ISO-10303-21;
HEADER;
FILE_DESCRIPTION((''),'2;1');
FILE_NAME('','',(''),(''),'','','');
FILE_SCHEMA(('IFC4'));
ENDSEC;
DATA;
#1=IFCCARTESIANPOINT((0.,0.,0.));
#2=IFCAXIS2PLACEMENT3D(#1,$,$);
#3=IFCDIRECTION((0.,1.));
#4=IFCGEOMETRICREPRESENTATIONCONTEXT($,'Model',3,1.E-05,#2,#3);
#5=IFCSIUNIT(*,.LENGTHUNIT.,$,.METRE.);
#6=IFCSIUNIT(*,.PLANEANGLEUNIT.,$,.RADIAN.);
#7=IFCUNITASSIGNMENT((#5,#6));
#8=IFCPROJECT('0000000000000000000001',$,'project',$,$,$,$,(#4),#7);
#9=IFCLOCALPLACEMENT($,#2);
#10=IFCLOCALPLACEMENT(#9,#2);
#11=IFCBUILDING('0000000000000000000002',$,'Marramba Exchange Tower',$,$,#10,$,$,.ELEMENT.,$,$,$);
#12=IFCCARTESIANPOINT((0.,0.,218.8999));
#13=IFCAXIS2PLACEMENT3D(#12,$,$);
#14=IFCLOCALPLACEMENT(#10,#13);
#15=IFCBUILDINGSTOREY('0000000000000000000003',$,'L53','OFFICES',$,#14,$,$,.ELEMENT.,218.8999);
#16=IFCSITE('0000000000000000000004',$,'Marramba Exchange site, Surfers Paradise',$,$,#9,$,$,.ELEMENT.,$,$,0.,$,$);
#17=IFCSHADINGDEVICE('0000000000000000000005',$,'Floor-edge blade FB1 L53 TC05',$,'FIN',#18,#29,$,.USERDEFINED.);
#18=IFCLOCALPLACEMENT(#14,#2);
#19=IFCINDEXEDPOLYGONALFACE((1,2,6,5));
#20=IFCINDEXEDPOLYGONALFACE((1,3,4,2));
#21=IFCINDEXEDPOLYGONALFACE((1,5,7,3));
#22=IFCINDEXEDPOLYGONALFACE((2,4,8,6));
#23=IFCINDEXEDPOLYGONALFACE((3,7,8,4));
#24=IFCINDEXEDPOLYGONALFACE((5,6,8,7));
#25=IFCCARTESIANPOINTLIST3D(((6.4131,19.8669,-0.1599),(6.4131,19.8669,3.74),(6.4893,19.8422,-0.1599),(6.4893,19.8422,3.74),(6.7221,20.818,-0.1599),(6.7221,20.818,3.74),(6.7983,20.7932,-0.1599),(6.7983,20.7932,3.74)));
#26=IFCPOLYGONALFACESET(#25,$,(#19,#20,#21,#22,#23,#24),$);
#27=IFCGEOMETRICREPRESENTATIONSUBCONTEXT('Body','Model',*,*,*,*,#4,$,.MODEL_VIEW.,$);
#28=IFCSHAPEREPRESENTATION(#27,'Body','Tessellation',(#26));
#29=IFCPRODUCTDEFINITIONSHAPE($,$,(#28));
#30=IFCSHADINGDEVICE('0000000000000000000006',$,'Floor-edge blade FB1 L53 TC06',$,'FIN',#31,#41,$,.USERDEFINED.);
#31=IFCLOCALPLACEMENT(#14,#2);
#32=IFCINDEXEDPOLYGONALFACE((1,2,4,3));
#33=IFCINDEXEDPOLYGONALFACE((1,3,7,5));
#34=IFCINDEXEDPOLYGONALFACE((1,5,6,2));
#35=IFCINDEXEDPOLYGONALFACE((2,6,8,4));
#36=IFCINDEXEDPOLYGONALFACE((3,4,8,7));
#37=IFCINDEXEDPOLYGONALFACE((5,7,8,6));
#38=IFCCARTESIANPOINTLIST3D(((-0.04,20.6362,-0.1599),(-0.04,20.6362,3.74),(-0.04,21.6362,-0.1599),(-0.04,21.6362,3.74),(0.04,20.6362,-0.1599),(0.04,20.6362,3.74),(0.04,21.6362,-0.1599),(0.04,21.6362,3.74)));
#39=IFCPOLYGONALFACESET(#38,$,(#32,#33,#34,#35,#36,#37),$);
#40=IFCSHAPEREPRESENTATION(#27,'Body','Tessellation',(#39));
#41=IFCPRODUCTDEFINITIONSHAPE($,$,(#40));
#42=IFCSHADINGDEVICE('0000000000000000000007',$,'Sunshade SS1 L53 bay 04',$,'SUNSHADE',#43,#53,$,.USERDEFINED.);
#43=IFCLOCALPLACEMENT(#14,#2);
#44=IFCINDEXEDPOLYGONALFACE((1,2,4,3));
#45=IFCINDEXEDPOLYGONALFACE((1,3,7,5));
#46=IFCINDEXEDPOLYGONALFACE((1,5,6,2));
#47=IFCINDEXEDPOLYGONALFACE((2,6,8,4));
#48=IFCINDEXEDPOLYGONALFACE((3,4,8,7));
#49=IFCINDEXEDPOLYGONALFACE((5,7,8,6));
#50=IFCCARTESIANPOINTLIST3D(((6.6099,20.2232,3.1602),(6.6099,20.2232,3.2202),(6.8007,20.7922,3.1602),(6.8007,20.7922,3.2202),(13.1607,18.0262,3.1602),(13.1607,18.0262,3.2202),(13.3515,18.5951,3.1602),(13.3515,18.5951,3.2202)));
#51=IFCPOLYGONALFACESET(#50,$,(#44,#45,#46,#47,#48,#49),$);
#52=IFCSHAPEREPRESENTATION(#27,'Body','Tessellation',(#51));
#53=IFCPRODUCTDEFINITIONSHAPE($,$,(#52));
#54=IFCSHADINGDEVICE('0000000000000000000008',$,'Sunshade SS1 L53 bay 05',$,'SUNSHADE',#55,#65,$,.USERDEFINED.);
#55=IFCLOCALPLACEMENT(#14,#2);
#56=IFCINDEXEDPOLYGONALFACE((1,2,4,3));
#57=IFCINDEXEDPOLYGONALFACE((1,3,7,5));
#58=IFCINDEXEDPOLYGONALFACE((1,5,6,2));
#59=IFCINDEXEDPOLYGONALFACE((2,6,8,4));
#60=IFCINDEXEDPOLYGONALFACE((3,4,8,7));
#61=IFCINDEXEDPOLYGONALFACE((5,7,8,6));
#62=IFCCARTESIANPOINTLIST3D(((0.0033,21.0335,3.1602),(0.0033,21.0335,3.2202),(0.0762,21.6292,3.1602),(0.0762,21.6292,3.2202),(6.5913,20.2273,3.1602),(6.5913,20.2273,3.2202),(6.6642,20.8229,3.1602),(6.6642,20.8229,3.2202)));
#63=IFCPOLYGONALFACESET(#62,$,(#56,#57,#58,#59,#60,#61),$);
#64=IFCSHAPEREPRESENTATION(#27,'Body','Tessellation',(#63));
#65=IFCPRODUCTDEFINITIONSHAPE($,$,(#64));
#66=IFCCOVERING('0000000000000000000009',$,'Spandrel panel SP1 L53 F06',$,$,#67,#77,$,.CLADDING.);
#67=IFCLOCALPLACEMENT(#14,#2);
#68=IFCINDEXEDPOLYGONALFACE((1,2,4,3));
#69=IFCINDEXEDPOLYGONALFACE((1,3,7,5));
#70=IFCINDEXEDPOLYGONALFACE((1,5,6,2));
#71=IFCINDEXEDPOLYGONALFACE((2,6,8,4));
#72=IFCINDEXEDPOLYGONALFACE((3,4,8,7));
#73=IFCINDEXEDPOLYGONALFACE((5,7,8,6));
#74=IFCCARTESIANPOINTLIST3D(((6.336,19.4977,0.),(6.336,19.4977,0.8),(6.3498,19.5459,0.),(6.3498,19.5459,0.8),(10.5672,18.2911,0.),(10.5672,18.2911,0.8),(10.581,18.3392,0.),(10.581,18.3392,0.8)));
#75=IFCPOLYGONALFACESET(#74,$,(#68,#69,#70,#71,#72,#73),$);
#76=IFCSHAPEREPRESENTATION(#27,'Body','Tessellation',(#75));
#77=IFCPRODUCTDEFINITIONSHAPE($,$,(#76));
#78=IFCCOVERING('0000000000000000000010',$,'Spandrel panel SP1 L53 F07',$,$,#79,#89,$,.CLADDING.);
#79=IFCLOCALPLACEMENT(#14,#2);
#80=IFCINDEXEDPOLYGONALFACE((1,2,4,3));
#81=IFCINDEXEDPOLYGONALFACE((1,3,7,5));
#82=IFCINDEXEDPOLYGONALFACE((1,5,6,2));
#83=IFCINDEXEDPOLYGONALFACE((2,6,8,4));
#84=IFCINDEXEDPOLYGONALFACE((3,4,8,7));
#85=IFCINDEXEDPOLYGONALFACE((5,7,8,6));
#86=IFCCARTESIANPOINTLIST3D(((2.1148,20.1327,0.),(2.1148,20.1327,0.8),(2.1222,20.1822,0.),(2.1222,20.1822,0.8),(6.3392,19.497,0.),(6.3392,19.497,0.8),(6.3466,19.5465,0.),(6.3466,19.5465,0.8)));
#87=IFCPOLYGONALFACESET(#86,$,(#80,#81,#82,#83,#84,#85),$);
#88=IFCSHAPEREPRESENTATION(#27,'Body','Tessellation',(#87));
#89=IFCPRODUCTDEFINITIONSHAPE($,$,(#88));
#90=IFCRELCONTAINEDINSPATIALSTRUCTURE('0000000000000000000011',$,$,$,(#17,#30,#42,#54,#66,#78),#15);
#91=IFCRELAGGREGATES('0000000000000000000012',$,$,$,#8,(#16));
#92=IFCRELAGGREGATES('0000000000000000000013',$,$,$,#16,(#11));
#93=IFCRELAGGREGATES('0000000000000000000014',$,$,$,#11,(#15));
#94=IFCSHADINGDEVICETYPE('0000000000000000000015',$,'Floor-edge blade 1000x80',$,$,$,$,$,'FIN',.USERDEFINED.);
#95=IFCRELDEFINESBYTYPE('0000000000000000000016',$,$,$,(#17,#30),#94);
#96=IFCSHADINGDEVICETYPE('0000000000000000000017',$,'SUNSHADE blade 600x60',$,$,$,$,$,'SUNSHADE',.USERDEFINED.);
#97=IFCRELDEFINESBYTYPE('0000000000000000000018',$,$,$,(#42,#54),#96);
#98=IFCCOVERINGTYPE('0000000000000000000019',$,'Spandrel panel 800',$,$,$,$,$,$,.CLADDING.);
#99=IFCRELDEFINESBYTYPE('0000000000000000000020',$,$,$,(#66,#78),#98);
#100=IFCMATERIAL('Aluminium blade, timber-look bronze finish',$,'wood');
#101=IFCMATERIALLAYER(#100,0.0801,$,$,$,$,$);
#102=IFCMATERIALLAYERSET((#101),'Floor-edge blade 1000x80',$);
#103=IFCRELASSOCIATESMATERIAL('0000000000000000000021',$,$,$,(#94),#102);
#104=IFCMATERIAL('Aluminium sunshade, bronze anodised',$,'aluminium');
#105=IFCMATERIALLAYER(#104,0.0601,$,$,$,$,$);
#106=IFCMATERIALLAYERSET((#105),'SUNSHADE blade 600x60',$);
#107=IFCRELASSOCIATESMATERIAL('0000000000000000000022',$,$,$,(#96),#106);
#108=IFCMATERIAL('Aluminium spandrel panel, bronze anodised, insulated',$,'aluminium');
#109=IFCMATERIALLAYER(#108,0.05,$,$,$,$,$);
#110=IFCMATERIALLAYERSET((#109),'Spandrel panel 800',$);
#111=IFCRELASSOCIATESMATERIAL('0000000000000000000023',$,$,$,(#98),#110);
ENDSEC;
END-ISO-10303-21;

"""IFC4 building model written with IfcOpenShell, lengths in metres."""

from ifc_helpers import new_model, si_unit, direction, frame, origin, origin_2d, place, context, subcontext, project, spatial, rectangle, extrude, material, layer, layer_set, type_object, element, save


model = new_model("IFC4")

# Units and contexts
model_context = context("Model", 3, precision=1e-05, world=origin(), true_north=direction((0.0, 1.0)))
body_context = subcontext(model_context, "Body", "Model", "MODEL_VIEW")
ifc_project = project(units=[si_unit("LENGTHUNIT", "METRE"), si_unit("PLANEANGLEUNIT", "RADIAN")], contexts=[model_context])

# Site, building, storey
site_placement = place(None, origin())
site = spatial("IfcSite", under=ifc_project, at=site_placement, Name="Marramba Exchange site, Surfers Paradise", CompositionType="ELEMENT", RefElevation=0.0)
building_placement = place(site_placement, origin())
building = spatial("IfcBuilding", under=site, at=building_placement, Name="Marramba Exchange Tower", CompositionType="ELEMENT")
storey_placement = place(building_placement, frame((0.0, 0.0, 218.8999)))
storey = spatial("IfcBuildingStorey", under=building, at=storey_placement, Name="L53", Description="OFFICES", CompositionType="ELEMENT", Elevation=218.8999)

# Shading devices
ifc_material_1 = material(Name="Aluminium blade, timber-look bronze finish", Category="wood")
ifc_layer_1 = layer(ifc_material_1, 0.0801)
ifc_layer_set_1 = layer_set([ifc_layer_1], Name="Floor-edge blade 1000x80")
shading_device_type_1 = type_object("IfcShadingDeviceType", Name="Floor-edge blade 1000x80", ElementType="FIN", PredefinedType="USERDEFINED", material=ifc_layer_set_1)
for number, where, z_axis, x_axis, name in (
    (1, (6.6057, 20.3301, -0.1599), (0.0, 0.0, 1.0), (0.309017, 0.951057, 0.0), "Floor-edge blade FB1 L53 TC05"),
    (2, (0.0, 21.1362, -0.1599), (0.0, 0.0, 1.0), (0.0, 1.0, 0.0), "Floor-edge blade FB1 L53 TC06"),
):
    element("IfcShadingDevice", number, at=place(storey_placement, frame(where, z_axis=z_axis, x_axis=x_axis)), inside=storey, type_object=shading_device_type_1, Name=name, ObjectType="FIN", PredefinedType="USERDEFINED", context=body_context, shape_type="SweptSolid", body=[
        extrude(rectangle(XDim=1.0, YDim=0.0801, at=origin_2d()), origin(), (0.0, 0.0, 1.0), 3.8999),
    ])
ifc_material_2 = material(Name="Aluminium sunshade, bronze anodised", Category="aluminium")
ifc_layer_2 = layer(ifc_material_2, 0.0601)
ifc_layer_set_2 = layer_set([ifc_layer_2], Name="SUNSHADE blade 600x60")
shading_device_type_2 = type_object("IfcShadingDeviceType", Name="SUNSHADE blade 600x60", ElementType="SUNSHADE", PredefinedType="USERDEFINED", material=ifc_layer_set_2)
shading_device_1_placement = place(storey_placement, frame((9.9807, 19.4092, 3.1602), z_axis=(0.0, 0.0, 1.0), x_axis=(-0.948096, 0.317983, 0.0)))
element("IfcShadingDevice", 3, at=shading_device_1_placement, inside=storey, type_object=shading_device_type_2, Name="Sunshade SS1 L53 bay 04", ObjectType="SUNSHADE", PredefinedType="USERDEFINED", context=body_context, shape_type="SweptSolid", body=[
    extrude(rectangle(XDim=6.9094, YDim=0.6001, at=origin_2d()), origin(), (0.0, 0.0, 1.0), 0.0601),
])
shading_device_2_placement = place(storey_placement, frame((3.3337, 20.9282, 3.1602), z_axis=(0.0, 0.0, 1.0), x_axis=(-0.992595, 0.121469, 0.0)))
element("IfcShadingDevice", 4, at=shading_device_2_placement, inside=storey, type_object=shading_device_type_2, Name="Sunshade SS1 L53 bay 05", ObjectType="SUNSHADE", PredefinedType="USERDEFINED", context=body_context, shape_type="SweptSolid", body=[
    extrude(rectangle(XDim=6.6372, YDim=0.6001, at=origin_2d()), origin(), (0.0, 0.0, 1.0), 0.0601),
])

# Coverings
ifc_material_3 = material(Name="Aluminium spandrel panel, bronze anodised, insulated", Category="aluminium")
ifc_layer_3 = layer(ifc_material_3, 0.05)
ifc_layer_set_3 = layer_set([ifc_layer_3], Name="Spandrel panel 800")
covering_type = type_object("IfcCoveringType", Name="Spandrel panel 800", PredefinedType="CLADDING", material=ifc_layer_set_3)
covering_1_placement = place(storey_placement, frame((8.4585, 18.9185, 0.0), z_axis=(0.0, 0.0, 1.0), x_axis=(-0.961659, 0.274248, 0.0)))
element("IfcCovering", 5, at=covering_1_placement, inside=storey, type_object=covering_type, Name="Spandrel panel SP1 L53 F06", PredefinedType="CLADDING", context=body_context, shape_type="SweptSolid", body=[
    extrude(rectangle(XDim=4.3999, YDim=0.05, at=origin_2d()), origin(), (0.0, 0.0, 1.0), 0.8),
])
covering_2_placement = place(storey_placement, frame((4.2307, 19.8396, 0.0), z_axis=(0.0, 0.0, 1.0), x_axis=(-0.988868, 0.148795, 0.0)))
element("IfcCovering", 6, at=covering_2_placement, inside=storey, type_object=covering_type, Name="Spandrel panel SP1 L53 F07", PredefinedType="CLADDING", context=body_context, shape_type="SweptSolid", body=[
    extrude(rectangle(XDim=4.272, YDim=0.05, at=origin_2d()), origin(), (0.0, 0.0, 1.0), 0.8),
])

save(model, "model.ifc")
